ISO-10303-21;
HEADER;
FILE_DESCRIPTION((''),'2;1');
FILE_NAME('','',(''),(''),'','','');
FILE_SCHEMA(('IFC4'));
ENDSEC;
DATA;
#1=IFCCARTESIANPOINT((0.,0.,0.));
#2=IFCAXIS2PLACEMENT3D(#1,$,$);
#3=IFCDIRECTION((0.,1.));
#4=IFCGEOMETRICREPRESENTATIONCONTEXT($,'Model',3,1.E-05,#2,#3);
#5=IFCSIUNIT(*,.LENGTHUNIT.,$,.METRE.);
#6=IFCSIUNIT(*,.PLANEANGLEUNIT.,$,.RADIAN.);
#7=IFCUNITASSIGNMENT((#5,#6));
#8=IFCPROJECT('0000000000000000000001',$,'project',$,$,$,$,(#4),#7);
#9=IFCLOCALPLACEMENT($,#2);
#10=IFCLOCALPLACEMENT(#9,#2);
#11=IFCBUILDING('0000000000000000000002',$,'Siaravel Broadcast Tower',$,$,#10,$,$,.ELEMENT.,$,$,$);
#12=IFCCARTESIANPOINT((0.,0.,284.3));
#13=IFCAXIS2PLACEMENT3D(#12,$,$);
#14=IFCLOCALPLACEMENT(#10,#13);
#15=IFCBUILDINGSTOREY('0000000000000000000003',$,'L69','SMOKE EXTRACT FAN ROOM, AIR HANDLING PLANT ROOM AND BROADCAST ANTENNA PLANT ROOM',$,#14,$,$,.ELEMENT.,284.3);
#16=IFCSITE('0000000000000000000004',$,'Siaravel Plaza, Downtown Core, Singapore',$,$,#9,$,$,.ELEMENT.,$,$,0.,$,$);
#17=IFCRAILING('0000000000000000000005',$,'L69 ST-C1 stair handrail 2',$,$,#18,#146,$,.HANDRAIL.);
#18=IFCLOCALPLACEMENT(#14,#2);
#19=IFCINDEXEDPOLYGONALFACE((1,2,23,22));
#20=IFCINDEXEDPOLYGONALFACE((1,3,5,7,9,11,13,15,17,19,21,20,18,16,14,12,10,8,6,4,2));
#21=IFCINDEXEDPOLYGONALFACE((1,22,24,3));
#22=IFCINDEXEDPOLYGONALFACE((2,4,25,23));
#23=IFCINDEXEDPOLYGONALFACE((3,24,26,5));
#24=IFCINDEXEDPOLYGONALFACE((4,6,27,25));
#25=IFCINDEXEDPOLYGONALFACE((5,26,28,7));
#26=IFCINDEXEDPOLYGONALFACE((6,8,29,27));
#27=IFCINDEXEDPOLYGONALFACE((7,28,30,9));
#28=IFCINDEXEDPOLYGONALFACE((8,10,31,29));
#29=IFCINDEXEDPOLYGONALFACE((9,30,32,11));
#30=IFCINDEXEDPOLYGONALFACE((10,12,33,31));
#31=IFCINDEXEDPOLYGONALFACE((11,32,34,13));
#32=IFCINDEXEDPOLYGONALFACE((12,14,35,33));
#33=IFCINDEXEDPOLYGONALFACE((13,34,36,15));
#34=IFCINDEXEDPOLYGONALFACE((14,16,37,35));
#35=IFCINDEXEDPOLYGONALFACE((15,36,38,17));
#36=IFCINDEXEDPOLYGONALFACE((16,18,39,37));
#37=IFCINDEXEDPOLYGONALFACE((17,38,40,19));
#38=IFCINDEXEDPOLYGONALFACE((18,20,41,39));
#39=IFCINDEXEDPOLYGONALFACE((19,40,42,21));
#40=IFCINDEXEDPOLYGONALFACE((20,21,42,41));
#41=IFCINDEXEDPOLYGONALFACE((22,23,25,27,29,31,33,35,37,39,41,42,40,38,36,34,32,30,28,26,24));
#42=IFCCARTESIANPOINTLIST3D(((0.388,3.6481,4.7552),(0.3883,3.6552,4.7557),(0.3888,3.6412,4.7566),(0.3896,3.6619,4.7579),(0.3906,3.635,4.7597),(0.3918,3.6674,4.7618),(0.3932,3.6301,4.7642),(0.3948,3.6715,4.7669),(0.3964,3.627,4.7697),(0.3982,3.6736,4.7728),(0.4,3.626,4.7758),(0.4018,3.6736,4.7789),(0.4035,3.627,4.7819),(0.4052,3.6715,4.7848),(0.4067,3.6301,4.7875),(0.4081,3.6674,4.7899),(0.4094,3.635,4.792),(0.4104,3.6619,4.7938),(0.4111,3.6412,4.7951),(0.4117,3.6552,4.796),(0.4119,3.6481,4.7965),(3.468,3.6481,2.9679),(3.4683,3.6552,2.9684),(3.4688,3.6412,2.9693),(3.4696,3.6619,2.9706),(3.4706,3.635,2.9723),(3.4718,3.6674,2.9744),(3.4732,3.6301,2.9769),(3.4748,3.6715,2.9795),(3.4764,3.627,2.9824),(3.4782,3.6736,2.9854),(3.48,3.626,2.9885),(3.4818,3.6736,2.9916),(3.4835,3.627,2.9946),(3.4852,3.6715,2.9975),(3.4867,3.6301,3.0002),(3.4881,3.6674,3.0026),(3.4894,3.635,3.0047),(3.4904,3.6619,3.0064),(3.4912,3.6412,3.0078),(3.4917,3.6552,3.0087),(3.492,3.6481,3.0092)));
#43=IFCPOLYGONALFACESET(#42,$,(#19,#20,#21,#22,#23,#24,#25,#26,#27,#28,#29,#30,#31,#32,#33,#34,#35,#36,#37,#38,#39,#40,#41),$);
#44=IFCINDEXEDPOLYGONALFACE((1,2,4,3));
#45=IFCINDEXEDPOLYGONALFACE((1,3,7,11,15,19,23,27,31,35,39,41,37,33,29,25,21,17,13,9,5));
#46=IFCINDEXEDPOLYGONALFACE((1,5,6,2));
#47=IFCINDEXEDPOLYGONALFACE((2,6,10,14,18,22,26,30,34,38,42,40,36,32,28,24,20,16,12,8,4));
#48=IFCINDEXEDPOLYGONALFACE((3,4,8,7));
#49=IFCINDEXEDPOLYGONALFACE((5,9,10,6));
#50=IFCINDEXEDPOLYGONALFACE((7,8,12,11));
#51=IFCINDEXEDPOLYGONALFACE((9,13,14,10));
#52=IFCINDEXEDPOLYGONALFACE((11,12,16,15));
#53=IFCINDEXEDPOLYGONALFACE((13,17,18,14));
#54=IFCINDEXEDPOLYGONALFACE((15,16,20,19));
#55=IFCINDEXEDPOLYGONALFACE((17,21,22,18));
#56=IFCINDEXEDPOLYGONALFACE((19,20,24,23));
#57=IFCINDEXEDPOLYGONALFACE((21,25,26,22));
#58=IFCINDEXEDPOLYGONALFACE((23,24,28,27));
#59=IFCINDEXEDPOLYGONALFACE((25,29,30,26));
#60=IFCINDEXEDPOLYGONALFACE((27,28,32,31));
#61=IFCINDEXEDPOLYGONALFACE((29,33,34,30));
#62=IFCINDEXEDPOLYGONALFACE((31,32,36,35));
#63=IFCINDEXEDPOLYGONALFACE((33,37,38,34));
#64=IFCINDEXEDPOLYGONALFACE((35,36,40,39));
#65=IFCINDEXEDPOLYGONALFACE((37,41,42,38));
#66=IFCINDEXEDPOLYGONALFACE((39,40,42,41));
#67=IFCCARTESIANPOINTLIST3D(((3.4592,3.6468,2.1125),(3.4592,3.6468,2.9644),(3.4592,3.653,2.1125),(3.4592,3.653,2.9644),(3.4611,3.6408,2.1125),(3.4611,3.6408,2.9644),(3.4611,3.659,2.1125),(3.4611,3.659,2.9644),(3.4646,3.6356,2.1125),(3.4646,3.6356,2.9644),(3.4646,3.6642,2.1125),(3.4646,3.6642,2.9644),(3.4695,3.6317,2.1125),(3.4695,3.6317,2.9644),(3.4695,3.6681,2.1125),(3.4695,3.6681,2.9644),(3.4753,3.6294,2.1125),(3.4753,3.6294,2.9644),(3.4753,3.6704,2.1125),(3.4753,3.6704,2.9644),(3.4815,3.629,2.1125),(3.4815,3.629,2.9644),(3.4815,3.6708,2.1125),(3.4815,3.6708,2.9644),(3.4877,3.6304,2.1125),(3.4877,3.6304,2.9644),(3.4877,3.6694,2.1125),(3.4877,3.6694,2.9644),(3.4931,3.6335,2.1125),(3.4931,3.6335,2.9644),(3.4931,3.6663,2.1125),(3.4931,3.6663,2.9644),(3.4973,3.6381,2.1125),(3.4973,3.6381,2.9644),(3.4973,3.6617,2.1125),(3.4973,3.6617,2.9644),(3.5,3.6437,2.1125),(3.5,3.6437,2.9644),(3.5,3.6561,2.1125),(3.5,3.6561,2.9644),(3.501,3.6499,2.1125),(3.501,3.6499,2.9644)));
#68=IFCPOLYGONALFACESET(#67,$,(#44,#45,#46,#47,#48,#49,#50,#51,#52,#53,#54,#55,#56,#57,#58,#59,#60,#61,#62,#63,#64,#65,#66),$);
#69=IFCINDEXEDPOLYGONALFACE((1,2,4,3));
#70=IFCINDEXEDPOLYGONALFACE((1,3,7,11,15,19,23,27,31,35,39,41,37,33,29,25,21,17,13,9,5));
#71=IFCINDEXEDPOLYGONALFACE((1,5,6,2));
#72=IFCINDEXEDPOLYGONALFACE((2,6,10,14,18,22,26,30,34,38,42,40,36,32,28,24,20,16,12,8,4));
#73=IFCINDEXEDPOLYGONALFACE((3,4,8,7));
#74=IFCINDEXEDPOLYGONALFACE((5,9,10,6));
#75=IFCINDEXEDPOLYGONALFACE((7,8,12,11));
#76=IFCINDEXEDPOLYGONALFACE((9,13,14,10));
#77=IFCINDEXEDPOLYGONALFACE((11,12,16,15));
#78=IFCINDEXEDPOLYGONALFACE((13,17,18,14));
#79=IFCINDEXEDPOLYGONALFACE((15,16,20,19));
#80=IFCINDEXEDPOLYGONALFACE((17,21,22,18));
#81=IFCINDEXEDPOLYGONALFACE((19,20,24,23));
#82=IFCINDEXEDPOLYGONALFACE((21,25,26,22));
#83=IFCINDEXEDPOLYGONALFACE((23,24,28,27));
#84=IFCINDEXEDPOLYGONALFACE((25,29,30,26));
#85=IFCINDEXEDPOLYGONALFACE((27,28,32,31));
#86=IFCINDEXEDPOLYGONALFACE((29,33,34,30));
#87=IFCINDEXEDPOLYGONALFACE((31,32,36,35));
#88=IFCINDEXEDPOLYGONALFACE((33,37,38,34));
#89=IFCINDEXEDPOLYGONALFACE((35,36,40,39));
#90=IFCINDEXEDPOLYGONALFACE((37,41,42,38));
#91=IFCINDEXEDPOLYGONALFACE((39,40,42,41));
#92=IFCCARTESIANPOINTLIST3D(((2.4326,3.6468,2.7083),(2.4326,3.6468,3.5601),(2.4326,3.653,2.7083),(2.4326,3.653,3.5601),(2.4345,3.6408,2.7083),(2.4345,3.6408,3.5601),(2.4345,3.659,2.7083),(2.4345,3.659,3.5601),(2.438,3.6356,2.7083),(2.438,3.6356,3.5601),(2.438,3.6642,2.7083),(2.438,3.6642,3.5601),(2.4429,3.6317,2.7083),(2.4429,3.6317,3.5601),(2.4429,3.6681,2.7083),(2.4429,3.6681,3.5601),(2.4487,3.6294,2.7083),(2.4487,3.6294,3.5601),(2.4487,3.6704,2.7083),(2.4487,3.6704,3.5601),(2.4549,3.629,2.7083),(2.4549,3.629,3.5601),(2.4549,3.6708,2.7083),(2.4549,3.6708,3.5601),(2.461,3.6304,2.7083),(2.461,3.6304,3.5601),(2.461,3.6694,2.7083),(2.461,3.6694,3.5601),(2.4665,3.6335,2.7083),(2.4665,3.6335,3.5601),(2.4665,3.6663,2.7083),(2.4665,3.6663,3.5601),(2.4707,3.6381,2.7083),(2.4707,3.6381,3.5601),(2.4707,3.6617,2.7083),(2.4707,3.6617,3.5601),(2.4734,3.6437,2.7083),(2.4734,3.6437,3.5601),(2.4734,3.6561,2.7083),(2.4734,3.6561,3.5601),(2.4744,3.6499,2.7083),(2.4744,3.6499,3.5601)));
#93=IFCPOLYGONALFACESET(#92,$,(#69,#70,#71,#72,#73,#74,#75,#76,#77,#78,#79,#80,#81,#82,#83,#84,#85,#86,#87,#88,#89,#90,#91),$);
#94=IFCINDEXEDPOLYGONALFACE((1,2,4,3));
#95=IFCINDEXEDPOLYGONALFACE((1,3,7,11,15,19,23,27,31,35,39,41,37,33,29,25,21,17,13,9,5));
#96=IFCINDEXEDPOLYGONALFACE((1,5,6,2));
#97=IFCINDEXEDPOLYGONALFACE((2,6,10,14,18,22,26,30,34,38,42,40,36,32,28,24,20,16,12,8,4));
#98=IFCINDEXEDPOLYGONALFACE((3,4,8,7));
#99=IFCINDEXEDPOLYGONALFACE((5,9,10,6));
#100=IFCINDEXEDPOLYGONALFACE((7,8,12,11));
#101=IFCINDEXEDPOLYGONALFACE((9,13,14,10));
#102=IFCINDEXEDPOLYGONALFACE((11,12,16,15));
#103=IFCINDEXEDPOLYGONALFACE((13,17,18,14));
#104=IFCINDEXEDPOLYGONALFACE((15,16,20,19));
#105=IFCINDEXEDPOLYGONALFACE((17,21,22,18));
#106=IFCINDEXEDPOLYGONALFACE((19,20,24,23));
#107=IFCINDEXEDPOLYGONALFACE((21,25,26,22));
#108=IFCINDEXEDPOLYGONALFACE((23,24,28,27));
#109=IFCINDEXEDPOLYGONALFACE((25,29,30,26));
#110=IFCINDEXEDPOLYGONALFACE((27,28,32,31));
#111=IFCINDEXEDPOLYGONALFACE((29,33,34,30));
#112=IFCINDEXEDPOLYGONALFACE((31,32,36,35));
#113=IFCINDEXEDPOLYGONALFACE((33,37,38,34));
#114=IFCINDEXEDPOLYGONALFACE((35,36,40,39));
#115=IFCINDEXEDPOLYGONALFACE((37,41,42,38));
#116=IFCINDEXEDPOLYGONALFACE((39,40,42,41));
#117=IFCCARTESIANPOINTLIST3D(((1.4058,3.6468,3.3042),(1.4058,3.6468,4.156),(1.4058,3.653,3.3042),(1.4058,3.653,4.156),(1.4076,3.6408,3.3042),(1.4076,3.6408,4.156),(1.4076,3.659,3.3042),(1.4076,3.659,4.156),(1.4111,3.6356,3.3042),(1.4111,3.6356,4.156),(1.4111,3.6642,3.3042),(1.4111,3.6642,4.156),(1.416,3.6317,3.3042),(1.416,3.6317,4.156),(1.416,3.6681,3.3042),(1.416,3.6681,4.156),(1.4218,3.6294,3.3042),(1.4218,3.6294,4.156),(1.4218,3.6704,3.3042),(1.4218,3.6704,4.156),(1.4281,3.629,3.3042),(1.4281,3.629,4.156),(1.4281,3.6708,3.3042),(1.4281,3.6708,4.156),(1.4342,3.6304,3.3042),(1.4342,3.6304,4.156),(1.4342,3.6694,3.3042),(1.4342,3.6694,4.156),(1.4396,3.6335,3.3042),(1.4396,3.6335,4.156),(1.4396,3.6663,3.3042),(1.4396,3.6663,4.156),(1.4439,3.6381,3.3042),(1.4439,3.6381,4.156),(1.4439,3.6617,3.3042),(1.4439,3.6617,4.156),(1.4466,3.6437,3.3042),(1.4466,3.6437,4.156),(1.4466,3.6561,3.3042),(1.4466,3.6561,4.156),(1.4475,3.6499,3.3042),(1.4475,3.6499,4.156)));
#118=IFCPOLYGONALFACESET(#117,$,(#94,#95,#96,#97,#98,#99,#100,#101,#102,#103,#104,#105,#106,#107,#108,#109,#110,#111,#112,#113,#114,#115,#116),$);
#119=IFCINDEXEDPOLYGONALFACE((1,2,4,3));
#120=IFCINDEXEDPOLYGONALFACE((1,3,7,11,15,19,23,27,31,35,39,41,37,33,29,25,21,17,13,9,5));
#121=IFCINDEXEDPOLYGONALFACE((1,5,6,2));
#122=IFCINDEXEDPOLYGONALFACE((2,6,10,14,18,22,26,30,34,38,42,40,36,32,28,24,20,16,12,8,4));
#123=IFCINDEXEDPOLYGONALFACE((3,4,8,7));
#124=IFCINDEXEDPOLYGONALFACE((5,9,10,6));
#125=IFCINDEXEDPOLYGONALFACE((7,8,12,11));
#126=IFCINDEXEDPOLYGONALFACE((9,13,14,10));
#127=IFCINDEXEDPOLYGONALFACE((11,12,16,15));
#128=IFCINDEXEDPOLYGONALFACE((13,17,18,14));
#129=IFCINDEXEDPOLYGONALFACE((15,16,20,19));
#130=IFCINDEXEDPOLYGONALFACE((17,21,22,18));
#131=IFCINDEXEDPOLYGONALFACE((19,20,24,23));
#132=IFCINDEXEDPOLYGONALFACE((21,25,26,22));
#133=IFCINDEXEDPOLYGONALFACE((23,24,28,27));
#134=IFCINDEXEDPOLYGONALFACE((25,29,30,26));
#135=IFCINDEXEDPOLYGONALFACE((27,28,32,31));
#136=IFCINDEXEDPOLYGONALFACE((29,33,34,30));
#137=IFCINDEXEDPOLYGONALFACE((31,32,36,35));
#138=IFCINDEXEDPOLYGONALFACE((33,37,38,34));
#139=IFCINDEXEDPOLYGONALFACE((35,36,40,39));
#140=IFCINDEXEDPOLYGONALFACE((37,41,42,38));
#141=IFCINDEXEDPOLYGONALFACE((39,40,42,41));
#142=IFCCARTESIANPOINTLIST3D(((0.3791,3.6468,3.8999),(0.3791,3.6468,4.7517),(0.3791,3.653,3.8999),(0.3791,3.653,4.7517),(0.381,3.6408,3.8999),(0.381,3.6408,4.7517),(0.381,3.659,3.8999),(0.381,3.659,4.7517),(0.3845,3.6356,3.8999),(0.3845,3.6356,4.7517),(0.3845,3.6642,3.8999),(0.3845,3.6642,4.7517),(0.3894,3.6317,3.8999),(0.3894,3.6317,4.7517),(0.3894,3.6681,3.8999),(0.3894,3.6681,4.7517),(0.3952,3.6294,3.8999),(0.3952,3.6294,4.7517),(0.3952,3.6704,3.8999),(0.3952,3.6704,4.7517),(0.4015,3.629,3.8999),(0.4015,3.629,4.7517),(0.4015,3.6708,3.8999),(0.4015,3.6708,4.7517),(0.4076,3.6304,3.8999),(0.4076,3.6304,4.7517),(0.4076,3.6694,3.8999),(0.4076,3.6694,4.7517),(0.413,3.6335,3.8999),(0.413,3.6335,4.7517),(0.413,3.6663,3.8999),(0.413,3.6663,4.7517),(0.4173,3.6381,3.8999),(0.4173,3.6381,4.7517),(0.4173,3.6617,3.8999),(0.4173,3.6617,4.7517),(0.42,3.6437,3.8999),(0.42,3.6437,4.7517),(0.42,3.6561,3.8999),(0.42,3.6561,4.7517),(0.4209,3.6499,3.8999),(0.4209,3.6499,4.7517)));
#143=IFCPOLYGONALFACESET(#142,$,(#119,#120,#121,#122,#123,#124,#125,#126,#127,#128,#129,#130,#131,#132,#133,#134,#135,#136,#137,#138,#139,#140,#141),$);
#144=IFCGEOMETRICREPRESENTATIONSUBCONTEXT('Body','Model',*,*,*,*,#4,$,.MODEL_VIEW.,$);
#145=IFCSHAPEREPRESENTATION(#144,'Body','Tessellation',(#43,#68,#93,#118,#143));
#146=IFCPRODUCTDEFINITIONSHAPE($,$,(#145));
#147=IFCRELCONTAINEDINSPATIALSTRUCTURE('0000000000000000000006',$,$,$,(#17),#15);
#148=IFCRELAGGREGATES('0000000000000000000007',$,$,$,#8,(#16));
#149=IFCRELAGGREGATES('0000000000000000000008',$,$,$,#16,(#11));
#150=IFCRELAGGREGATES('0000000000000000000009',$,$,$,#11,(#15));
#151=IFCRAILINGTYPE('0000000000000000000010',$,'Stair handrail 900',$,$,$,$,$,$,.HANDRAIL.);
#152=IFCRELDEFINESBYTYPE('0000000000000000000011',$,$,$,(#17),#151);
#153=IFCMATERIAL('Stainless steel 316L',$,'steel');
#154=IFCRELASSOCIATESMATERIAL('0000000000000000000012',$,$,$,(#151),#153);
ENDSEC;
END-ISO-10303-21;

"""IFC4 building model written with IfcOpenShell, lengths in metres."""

from ifc_helpers import new_model, si_unit, direction, frame, origin, origin_2d, place, context, subcontext, project, spatial, circle, extrude, material, type_object, element, save


model = new_model("IFC4")

# Units and contexts
model_context = context("Model", 3, precision=1e-05, world=origin(), true_north=direction((0.0, 1.0)))
body_context = subcontext(model_context, "Body", "Model", "MODEL_VIEW")
ifc_project = project(units=[si_unit("LENGTHUNIT", "METRE"), si_unit("PLANEANGLEUNIT", "RADIAN")], contexts=[model_context])

# Site, building, storey
site_placement = place(None, origin())
site = spatial("IfcSite", under=ifc_project, at=site_placement, Name="Siaravel Plaza, Downtown Core, Singapore", CompositionType="ELEMENT", RefElevation=0.0)
building_placement = place(site_placement, origin())
building = spatial("IfcBuilding", under=site, at=building_placement, Name="Siaravel Broadcast Tower", CompositionType="ELEMENT")
storey_placement = place(building_placement, frame((0.0, 0.0, 284.3)))
storey = spatial("IfcBuildingStorey", under=building, at=storey_placement, Name="L69", Description="SMOKE EXTRACT FAN ROOM, AIR HANDLING PLANT ROOM AND BROADCAST ANTENNA PLANT ROOM", CompositionType="ELEMENT", Elevation=284.3)

# Railing
ifc_material_1 = material(Name="Stainless steel 316L", Category="steel")
railing_type_1 = type_object("IfcRailingType", Name="Stair handrail 900", PredefinedType="HANDRAIL", material=ifc_material_1)
railing_1_placement = place(storey_placement, frame((3.48, 3.6499, 2.1125)))
element("IfcRailing", 1, at=railing_1_placement, inside=storey, type_object=railing_type_1, Name="L69 ST-C1 stair handrail 2", PredefinedType="HANDRAIL", context=body_context, shape_type="SweptSolid", body=[
    extrude(circle(Radius=0.0239, at=origin_2d()), frame((0.0, 0.0, 0.876), z_axis=(-0.86492, 0.0, 0.501909), x_axis=(0.0, -1.0, 0.0)), (0.0, 0.0, 1.0), 3.561),
    extrude(circle(Radius=0.021, at=origin_2d()), origin(), (0.0, 0.0, 1.0), 0.8518),
    extrude(circle(Radius=0.021, at=origin_2d()), frame((-1.0266, 0.0, 0.5957)), (0.0, 0.0, 1.0), 0.8518),
    extrude(circle(Radius=0.021, at=origin_2d()), frame((-2.0535, 0.0, 1.1917)), (0.0, 0.0, 1.0), 0.8518),
    extrude(circle(Radius=0.021, at=origin_2d()), frame((-3.0801, 0.0, 1.7874)), (0.0, 0.0, 1.0), 0.8518),
])

save(model, "model.ifc")
